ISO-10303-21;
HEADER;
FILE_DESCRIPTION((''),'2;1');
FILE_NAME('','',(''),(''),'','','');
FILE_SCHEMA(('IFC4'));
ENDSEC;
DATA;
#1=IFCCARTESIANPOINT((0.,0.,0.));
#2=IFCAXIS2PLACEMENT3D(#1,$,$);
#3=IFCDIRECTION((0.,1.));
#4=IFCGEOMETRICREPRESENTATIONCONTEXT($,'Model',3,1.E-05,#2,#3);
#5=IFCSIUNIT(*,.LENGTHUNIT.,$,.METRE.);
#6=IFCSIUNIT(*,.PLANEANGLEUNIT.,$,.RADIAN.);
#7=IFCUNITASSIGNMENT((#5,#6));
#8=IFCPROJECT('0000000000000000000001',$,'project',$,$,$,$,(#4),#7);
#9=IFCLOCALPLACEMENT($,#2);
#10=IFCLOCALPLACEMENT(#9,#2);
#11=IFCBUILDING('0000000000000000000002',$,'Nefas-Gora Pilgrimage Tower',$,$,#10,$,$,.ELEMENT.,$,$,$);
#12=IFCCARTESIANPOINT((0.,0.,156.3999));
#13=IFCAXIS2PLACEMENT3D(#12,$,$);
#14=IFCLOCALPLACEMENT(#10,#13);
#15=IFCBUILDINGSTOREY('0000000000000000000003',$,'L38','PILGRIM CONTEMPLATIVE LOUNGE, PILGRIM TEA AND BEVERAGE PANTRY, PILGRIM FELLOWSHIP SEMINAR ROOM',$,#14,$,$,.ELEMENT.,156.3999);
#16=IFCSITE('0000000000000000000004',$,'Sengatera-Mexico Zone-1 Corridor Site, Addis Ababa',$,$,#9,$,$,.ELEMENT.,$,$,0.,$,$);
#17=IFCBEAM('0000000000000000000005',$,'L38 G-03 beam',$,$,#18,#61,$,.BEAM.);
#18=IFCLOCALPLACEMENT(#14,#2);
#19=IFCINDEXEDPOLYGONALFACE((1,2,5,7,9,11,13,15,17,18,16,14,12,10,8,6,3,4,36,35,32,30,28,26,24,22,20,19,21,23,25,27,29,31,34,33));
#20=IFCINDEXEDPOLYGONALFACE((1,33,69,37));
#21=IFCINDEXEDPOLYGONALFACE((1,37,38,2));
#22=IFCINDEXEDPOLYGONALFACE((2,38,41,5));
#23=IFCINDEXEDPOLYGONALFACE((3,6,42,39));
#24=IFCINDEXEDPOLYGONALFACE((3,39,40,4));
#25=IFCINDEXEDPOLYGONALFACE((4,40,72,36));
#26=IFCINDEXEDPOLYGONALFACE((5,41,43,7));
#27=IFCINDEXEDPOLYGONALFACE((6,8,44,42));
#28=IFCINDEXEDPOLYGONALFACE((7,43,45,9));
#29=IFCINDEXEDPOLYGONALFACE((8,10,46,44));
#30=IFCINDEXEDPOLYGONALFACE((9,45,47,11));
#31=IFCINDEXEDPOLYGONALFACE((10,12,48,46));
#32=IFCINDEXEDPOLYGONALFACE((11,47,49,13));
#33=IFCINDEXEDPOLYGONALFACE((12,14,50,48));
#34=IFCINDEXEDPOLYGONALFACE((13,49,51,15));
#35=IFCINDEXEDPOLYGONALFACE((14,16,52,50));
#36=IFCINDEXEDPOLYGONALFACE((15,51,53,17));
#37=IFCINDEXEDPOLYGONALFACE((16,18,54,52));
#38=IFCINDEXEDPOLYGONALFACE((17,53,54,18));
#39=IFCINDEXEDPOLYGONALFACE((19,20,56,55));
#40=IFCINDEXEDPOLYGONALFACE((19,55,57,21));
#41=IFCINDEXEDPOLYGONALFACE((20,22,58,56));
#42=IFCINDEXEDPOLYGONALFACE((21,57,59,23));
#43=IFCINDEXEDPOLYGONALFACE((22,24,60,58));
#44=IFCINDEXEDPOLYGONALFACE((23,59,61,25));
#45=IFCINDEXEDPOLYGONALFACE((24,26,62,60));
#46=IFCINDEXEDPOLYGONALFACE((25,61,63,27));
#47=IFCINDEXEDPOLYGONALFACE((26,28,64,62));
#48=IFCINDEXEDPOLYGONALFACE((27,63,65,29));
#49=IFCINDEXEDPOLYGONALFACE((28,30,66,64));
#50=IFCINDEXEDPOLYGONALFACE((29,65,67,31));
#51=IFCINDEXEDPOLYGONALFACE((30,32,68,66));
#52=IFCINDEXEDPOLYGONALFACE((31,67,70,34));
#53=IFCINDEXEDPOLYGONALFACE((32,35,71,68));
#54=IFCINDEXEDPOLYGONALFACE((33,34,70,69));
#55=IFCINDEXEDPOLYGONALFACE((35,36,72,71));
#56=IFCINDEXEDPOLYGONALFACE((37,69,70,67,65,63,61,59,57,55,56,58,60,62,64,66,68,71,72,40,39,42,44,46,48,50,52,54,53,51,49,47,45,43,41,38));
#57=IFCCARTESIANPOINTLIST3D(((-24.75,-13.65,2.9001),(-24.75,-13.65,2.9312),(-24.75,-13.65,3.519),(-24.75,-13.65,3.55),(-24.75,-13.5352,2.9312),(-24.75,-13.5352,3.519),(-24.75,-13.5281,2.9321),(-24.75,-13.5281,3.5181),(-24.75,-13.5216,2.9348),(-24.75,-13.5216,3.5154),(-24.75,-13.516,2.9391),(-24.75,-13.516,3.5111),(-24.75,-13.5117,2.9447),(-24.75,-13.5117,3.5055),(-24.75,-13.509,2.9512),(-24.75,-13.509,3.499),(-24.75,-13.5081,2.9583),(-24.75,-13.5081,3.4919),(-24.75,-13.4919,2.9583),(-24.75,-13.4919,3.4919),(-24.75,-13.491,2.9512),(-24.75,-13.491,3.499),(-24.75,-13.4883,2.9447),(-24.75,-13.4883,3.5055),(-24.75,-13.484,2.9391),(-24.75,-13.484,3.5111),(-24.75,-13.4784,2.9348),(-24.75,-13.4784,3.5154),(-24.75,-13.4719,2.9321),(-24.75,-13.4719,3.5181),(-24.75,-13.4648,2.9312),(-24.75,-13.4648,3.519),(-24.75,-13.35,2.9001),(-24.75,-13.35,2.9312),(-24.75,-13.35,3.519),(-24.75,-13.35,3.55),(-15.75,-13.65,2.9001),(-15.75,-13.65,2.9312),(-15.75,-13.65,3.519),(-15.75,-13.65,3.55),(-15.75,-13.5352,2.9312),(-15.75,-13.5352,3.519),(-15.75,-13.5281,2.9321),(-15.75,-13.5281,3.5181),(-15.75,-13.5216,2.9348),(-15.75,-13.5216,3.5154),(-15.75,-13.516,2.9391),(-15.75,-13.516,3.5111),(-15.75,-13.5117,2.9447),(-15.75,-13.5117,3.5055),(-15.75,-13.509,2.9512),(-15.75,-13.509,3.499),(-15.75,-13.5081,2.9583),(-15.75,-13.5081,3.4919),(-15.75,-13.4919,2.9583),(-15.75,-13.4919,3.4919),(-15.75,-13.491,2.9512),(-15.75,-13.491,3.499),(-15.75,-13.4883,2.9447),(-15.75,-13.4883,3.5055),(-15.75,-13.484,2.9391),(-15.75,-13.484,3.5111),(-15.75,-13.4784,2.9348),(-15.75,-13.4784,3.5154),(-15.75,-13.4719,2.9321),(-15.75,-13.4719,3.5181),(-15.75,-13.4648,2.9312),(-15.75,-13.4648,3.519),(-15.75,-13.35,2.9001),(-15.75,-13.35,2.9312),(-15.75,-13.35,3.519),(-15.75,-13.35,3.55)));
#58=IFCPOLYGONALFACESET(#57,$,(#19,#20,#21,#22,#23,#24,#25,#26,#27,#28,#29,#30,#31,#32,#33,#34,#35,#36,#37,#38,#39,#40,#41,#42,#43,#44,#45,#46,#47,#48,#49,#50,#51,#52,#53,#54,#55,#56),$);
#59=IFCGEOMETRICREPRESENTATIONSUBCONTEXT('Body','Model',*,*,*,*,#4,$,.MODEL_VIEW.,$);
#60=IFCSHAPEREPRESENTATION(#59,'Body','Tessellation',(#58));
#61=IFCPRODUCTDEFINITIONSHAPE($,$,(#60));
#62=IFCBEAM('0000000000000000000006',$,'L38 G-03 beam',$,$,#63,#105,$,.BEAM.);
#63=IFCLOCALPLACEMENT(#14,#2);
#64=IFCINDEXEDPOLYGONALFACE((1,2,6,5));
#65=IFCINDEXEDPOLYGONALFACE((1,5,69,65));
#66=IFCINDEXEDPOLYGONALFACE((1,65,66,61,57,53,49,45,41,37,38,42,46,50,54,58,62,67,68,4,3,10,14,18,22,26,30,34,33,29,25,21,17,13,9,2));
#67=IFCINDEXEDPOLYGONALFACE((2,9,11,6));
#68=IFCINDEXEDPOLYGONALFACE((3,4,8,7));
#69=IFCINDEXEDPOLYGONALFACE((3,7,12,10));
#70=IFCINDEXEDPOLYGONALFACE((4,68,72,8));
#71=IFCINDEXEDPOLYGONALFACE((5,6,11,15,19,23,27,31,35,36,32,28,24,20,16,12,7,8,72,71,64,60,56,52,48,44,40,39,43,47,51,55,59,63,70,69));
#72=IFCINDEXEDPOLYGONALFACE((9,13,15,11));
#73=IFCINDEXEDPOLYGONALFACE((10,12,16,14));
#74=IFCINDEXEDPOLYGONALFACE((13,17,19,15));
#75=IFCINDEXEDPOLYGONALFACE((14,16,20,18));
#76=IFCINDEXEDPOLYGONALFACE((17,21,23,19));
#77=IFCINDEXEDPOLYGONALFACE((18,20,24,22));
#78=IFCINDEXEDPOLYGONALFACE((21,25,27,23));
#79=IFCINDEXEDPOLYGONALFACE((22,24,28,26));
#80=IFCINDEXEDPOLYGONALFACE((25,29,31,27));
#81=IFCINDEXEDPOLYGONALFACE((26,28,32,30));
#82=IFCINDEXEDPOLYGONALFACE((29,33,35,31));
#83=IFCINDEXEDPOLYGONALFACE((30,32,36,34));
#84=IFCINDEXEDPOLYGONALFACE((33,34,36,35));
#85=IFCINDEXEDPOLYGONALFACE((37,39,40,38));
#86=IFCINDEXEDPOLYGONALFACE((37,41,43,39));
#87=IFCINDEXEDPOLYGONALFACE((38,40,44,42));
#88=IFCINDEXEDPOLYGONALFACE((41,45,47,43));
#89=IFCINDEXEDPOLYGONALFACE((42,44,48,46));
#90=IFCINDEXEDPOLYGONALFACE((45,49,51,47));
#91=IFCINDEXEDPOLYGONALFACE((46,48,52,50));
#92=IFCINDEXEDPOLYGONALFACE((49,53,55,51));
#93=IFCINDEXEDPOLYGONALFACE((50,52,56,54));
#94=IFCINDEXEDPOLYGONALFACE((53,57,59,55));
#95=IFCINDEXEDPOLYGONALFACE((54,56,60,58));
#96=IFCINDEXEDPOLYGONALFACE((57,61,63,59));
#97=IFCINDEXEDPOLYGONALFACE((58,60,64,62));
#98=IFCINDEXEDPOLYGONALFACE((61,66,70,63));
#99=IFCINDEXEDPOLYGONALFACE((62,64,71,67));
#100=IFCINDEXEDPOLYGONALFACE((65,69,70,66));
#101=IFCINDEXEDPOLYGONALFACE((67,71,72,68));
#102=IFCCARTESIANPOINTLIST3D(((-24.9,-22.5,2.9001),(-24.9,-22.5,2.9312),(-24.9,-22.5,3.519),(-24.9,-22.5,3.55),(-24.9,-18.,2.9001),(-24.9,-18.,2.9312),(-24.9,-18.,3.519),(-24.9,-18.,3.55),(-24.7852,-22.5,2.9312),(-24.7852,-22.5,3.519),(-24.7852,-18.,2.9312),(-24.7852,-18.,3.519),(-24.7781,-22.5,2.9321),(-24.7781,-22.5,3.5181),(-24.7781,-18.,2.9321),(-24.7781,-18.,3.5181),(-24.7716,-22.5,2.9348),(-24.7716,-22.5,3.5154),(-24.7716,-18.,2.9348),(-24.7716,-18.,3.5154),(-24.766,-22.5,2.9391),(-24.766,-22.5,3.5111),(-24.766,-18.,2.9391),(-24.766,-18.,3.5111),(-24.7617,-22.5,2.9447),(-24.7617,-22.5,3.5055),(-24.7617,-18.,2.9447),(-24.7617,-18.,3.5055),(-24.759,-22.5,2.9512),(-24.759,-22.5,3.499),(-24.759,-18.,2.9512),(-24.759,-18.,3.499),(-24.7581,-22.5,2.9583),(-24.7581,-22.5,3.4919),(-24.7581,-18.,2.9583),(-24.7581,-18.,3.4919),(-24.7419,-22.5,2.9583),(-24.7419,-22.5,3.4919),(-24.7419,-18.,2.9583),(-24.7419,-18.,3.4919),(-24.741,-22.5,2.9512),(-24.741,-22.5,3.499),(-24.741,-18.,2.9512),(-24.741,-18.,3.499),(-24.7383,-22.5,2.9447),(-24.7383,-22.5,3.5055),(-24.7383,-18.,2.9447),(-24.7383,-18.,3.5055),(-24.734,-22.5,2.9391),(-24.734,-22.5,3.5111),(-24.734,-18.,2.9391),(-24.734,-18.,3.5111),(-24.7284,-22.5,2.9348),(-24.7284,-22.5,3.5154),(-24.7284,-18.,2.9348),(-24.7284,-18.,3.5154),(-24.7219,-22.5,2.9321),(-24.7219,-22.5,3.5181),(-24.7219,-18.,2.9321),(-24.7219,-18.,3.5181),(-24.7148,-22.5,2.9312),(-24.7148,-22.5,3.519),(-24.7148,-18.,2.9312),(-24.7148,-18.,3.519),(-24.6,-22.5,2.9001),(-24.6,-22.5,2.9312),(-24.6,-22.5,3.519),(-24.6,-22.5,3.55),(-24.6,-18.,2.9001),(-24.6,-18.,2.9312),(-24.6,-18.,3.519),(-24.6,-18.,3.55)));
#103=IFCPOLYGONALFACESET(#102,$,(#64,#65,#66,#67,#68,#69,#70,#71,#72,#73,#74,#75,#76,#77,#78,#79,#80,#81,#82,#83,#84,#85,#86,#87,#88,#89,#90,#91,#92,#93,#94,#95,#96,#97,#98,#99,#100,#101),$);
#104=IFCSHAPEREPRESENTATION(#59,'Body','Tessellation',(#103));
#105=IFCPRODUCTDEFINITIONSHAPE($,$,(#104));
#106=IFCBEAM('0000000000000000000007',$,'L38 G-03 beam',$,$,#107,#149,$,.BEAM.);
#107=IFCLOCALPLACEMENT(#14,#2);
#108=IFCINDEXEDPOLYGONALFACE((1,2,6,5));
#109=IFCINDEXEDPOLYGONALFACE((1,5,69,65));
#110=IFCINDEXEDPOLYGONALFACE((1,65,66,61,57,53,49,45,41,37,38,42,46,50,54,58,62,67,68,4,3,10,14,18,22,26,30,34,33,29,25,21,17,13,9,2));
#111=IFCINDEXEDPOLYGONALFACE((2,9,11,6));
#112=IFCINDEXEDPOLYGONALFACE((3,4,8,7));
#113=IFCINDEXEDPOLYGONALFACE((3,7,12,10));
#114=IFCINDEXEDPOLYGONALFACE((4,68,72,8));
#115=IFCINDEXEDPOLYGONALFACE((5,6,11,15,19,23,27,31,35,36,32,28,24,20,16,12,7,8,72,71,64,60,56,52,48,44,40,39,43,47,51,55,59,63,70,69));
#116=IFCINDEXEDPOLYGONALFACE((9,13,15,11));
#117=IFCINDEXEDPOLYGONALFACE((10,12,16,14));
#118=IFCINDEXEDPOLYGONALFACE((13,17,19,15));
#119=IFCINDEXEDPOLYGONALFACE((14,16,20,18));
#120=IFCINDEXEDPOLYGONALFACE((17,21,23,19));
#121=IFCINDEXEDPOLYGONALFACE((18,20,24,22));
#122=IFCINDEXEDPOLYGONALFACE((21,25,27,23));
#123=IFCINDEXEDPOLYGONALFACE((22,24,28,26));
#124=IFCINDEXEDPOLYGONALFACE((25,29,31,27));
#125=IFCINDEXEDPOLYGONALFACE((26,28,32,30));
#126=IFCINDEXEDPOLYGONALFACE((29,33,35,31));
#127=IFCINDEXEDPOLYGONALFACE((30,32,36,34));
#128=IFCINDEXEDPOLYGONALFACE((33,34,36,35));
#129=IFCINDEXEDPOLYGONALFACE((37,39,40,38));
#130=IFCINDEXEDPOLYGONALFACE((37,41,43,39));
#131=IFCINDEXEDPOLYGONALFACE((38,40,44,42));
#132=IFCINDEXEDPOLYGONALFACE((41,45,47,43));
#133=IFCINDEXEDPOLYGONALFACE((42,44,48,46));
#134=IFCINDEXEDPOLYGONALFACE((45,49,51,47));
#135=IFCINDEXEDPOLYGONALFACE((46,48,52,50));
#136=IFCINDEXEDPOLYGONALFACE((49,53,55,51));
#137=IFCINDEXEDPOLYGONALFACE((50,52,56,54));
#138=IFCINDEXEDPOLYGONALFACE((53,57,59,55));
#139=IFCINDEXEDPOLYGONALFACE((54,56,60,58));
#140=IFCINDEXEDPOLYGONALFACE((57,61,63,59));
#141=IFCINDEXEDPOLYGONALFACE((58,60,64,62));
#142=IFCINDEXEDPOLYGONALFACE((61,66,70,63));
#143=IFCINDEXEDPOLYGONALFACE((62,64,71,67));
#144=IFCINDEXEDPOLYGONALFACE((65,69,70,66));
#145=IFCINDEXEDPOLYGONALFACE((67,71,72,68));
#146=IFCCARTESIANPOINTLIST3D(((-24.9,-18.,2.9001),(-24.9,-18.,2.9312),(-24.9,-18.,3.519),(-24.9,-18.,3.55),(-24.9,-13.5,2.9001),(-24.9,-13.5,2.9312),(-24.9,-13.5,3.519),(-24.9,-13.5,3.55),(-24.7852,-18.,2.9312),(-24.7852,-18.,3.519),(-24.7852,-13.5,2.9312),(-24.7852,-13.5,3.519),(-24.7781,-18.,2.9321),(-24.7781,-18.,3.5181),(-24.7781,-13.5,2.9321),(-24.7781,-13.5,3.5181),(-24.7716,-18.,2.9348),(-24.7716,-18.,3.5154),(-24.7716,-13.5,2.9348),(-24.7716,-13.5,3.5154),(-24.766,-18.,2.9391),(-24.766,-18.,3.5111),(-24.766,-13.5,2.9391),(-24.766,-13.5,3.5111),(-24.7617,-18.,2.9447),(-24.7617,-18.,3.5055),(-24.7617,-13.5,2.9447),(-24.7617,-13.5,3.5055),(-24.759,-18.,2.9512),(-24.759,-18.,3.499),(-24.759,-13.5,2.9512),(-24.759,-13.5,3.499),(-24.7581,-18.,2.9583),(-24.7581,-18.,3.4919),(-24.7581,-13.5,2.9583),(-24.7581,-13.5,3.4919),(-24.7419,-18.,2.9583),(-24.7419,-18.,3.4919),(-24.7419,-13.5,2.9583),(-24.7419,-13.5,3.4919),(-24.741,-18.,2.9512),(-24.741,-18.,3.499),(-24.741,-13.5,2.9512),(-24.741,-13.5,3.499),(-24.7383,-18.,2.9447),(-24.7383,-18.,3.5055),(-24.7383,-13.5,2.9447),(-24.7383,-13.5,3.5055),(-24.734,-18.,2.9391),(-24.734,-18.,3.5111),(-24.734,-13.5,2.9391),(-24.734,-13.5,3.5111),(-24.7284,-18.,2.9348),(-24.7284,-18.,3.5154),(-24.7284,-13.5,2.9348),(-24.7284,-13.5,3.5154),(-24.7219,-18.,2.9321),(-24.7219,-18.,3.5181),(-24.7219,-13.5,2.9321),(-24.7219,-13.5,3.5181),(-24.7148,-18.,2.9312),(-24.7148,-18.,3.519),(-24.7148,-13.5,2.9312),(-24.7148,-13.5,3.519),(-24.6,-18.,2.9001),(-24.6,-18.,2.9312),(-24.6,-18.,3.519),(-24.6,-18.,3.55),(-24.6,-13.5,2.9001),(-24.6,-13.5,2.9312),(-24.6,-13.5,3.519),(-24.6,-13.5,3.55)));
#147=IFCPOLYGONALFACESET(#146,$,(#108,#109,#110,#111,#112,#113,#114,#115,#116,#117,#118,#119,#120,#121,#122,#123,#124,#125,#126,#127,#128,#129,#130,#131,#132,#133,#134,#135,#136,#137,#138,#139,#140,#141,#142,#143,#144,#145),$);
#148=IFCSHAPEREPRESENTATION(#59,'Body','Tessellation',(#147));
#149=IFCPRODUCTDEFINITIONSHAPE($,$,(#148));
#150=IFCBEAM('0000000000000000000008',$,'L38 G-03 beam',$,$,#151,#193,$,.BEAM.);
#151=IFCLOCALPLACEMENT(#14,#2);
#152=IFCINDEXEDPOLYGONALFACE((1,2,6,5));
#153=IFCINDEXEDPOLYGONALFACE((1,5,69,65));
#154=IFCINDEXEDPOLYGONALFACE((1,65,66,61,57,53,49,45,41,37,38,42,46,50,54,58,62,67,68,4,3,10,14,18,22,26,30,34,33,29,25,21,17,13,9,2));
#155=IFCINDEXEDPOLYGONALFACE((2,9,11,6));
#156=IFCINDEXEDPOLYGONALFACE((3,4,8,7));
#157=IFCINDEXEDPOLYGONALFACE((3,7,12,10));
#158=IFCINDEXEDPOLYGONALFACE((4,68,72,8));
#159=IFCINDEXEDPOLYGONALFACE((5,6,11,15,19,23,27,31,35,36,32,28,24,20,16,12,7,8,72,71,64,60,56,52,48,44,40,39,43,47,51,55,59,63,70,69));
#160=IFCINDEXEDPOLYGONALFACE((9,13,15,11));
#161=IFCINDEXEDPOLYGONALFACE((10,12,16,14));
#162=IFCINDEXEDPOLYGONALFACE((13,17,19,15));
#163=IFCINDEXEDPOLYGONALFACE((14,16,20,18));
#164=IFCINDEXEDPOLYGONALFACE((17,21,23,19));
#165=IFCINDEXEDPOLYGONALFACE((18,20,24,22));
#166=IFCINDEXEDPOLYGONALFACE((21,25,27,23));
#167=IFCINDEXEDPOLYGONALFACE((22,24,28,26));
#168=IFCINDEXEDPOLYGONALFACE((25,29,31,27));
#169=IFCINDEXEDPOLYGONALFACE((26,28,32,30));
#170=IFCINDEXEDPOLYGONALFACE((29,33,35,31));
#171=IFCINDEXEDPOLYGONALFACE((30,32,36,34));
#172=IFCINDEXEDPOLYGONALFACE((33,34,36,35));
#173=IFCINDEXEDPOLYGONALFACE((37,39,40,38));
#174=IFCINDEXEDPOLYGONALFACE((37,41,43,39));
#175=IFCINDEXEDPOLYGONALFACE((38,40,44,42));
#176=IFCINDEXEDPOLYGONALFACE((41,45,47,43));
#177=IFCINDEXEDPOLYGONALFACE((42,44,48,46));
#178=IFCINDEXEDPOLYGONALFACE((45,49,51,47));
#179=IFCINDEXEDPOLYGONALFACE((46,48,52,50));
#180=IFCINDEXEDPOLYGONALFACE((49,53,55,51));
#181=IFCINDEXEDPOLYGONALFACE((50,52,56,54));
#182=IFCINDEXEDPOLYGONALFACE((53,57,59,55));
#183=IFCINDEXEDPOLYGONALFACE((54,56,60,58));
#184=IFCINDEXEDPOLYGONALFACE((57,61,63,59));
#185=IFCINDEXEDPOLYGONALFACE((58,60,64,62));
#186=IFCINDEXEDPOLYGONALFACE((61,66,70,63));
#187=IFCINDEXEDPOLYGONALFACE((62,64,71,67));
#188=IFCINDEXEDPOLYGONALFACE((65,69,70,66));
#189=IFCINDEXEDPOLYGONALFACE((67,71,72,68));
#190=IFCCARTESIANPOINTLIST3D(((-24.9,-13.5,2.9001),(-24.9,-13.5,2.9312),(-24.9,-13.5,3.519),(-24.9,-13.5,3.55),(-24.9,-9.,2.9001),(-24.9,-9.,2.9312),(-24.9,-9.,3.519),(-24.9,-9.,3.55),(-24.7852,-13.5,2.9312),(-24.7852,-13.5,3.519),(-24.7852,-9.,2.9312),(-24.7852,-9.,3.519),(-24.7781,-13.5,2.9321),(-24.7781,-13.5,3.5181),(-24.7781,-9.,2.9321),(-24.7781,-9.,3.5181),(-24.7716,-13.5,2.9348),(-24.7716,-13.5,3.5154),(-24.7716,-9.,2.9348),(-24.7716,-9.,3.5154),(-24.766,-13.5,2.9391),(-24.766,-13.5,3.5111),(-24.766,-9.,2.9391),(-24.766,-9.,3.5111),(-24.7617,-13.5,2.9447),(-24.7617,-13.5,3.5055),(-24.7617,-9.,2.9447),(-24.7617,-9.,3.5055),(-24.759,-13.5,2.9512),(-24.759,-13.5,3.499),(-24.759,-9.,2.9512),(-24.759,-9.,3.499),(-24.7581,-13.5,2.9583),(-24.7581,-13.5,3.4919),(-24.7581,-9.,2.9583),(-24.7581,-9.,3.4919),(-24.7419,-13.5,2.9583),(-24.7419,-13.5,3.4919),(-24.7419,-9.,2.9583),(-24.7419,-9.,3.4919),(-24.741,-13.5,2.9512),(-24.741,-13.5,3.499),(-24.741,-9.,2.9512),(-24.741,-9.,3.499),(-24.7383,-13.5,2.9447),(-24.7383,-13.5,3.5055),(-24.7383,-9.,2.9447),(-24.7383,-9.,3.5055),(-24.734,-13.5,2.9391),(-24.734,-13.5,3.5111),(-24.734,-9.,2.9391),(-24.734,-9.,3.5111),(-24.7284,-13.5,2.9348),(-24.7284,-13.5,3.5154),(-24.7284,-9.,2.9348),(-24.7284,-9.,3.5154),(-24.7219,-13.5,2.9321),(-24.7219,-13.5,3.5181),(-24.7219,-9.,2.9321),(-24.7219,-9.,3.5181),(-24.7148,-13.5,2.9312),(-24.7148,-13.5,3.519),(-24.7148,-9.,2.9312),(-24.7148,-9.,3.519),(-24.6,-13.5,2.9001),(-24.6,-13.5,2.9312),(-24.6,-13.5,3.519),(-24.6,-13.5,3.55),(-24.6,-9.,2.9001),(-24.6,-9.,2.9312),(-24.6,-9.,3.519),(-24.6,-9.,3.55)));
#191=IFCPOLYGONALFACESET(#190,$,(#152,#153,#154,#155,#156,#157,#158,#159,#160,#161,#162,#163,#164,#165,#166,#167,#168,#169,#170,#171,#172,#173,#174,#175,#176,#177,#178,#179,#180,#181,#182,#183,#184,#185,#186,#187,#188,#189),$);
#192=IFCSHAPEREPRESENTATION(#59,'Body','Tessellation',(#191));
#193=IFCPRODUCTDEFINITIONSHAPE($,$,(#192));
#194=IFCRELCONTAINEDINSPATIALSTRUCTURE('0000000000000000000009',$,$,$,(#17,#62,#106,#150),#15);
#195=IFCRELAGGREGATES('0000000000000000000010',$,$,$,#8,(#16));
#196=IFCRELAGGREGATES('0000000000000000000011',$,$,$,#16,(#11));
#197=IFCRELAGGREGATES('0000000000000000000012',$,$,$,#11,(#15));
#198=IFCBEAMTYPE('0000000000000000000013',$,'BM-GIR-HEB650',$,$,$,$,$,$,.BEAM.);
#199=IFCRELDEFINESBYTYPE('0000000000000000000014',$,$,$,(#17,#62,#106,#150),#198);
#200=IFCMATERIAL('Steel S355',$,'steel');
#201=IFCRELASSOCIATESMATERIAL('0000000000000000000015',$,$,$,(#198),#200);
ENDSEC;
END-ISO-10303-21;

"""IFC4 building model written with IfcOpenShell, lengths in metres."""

from ifc_helpers import new_model, si_unit, direction, frame, origin, origin_2d, place, context, subcontext, project, spatial, i_section, extrude, source, transform, mapped, material, material_profile, profile_set, type_object, element, save


model = new_model("IFC4")

# Units and contexts
model_context = context("Model", 3, precision=1e-05, world=origin(), true_north=direction((0.0, 1.0)))
body_context = subcontext(model_context, "Body", "Model", "MODEL_VIEW")
ifc_project = project(units=[si_unit("LENGTHUNIT", "METRE"), si_unit("PLANEANGLEUNIT", "RADIAN")], contexts=[model_context])

# Site, building, storey
site_placement = place(None, origin())
site = spatial("IfcSite", under=ifc_project, at=site_placement, Name="Sengatera-Mexico Zone-1 Corridor Site, Addis Ababa", CompositionType="ELEMENT", RefElevation=0.0)
building_placement = place(site_placement, origin())
building = spatial("IfcBuilding", under=site, at=building_placement, Name="Nefas-Gora Pilgrimage Tower", CompositionType="ELEMENT")
storey_placement = place(building_placement, frame((0.0, 0.0, 156.3999)))
storey = spatial("IfcBuildingStorey", under=building, at=storey_placement, Name="L38", Description="PILGRIM CONTEMPLATIVE LOUNGE, PILGRIM TEA AND BEVERAGE PANTRY, PILGRIM FELLOWSHIP SEMINAR ROOM", CompositionType="ELEMENT", Elevation=156.3999)

# Beams
ifc_material_1 = material(Name="Steel S355", Category="steel")
ifc_material_profile_1 = material_profile(ifc_material_1, i_section(OverallWidth=0.3, OverallDepth=0.6499, WebThickness=0.0161, FlangeThickness=0.031, FilletRadius=0.0271, at=origin_2d()), Name="HEB 650")
ifc_profile_set_1 = profile_set([ifc_material_profile_1], Name="Steel S355")
beam_type_1 = type_object("IfcBeamType", Name="BM-GIR-HEB650", PredefinedType="BEAM", material=ifc_profile_set_1)
shared_shape_1 = source(origin(), body_context, "Body", "SweptSolid", [
    extrude(i_section(OverallWidth=0.3, OverallDepth=0.6499, WebThickness=0.0161, FlangeThickness=0.031, FilletRadius=0.0271, at=origin_2d()), origin(), (0.0, 0.0, 1.0), 9.0),
])
for number, where, z_axis, x_axis, name in (
    (1, (-24.75, -13.5, 3.2251), (1.0, 0.0, 0.0), (0.0, 1.0, 0.0), "L38 G-03 beam"),
):
    element("IfcBeam", number, at=place(storey_placement, frame(where, z_axis=z_axis, x_axis=x_axis)), inside=storey, type_object=beam_type_1, Name=name, PredefinedType="BEAM", context=body_context, shape_type="MappedRepresentation", body=[
        mapped(shared_shape_1, transform((0.0, 0.0, 0.0), x_axis=(1.0, 0.0, 0.0), y_axis=(0.0, 1.0, 0.0), z_axis=(0.0, 0.0, 1.0), scale=1.0)),
    ])
shared_shape_2 = source(origin(), body_context, "Body", "SweptSolid", [
    extrude(i_section(OverallWidth=0.3, OverallDepth=0.6499, WebThickness=0.0161, FlangeThickness=0.031, FilletRadius=0.0271, at=origin_2d()), origin(), (0.0, 0.0, 1.0), 4.5),
])
for number, where, z_axis, x_axis, name in (
    (2, (-24.75, -22.5, 3.2251), (0.0, 1.0, 0.0), (-1.0, 0.0, 0.0), "L38 G-03 beam"),
    (3, (-24.75, -18.0, 3.2251), (0.0, 1.0, 0.0), (-1.0, 0.0, 0.0), "L38 G-03 beam"),
    (4, (-24.75, -13.5, 3.2251), (0.0, 1.0, 0.0), (-1.0, 0.0, 0.0), "L38 G-03 beam"),
):
    element("IfcBeam", number, at=place(storey_placement, frame(where, z_axis=z_axis, x_axis=x_axis)), inside=storey, type_object=beam_type_1, Name=name, PredefinedType="BEAM", context=body_context, shape_type="MappedRepresentation", body=[
        mapped(shared_shape_2, transform((0.0, 0.0, 0.0), x_axis=(1.0, 0.0, 0.0), y_axis=(0.0, 1.0, 0.0), z_axis=(0.0, 0.0, 1.0), scale=1.0)),
    ])

save(model, "model.ifc")
